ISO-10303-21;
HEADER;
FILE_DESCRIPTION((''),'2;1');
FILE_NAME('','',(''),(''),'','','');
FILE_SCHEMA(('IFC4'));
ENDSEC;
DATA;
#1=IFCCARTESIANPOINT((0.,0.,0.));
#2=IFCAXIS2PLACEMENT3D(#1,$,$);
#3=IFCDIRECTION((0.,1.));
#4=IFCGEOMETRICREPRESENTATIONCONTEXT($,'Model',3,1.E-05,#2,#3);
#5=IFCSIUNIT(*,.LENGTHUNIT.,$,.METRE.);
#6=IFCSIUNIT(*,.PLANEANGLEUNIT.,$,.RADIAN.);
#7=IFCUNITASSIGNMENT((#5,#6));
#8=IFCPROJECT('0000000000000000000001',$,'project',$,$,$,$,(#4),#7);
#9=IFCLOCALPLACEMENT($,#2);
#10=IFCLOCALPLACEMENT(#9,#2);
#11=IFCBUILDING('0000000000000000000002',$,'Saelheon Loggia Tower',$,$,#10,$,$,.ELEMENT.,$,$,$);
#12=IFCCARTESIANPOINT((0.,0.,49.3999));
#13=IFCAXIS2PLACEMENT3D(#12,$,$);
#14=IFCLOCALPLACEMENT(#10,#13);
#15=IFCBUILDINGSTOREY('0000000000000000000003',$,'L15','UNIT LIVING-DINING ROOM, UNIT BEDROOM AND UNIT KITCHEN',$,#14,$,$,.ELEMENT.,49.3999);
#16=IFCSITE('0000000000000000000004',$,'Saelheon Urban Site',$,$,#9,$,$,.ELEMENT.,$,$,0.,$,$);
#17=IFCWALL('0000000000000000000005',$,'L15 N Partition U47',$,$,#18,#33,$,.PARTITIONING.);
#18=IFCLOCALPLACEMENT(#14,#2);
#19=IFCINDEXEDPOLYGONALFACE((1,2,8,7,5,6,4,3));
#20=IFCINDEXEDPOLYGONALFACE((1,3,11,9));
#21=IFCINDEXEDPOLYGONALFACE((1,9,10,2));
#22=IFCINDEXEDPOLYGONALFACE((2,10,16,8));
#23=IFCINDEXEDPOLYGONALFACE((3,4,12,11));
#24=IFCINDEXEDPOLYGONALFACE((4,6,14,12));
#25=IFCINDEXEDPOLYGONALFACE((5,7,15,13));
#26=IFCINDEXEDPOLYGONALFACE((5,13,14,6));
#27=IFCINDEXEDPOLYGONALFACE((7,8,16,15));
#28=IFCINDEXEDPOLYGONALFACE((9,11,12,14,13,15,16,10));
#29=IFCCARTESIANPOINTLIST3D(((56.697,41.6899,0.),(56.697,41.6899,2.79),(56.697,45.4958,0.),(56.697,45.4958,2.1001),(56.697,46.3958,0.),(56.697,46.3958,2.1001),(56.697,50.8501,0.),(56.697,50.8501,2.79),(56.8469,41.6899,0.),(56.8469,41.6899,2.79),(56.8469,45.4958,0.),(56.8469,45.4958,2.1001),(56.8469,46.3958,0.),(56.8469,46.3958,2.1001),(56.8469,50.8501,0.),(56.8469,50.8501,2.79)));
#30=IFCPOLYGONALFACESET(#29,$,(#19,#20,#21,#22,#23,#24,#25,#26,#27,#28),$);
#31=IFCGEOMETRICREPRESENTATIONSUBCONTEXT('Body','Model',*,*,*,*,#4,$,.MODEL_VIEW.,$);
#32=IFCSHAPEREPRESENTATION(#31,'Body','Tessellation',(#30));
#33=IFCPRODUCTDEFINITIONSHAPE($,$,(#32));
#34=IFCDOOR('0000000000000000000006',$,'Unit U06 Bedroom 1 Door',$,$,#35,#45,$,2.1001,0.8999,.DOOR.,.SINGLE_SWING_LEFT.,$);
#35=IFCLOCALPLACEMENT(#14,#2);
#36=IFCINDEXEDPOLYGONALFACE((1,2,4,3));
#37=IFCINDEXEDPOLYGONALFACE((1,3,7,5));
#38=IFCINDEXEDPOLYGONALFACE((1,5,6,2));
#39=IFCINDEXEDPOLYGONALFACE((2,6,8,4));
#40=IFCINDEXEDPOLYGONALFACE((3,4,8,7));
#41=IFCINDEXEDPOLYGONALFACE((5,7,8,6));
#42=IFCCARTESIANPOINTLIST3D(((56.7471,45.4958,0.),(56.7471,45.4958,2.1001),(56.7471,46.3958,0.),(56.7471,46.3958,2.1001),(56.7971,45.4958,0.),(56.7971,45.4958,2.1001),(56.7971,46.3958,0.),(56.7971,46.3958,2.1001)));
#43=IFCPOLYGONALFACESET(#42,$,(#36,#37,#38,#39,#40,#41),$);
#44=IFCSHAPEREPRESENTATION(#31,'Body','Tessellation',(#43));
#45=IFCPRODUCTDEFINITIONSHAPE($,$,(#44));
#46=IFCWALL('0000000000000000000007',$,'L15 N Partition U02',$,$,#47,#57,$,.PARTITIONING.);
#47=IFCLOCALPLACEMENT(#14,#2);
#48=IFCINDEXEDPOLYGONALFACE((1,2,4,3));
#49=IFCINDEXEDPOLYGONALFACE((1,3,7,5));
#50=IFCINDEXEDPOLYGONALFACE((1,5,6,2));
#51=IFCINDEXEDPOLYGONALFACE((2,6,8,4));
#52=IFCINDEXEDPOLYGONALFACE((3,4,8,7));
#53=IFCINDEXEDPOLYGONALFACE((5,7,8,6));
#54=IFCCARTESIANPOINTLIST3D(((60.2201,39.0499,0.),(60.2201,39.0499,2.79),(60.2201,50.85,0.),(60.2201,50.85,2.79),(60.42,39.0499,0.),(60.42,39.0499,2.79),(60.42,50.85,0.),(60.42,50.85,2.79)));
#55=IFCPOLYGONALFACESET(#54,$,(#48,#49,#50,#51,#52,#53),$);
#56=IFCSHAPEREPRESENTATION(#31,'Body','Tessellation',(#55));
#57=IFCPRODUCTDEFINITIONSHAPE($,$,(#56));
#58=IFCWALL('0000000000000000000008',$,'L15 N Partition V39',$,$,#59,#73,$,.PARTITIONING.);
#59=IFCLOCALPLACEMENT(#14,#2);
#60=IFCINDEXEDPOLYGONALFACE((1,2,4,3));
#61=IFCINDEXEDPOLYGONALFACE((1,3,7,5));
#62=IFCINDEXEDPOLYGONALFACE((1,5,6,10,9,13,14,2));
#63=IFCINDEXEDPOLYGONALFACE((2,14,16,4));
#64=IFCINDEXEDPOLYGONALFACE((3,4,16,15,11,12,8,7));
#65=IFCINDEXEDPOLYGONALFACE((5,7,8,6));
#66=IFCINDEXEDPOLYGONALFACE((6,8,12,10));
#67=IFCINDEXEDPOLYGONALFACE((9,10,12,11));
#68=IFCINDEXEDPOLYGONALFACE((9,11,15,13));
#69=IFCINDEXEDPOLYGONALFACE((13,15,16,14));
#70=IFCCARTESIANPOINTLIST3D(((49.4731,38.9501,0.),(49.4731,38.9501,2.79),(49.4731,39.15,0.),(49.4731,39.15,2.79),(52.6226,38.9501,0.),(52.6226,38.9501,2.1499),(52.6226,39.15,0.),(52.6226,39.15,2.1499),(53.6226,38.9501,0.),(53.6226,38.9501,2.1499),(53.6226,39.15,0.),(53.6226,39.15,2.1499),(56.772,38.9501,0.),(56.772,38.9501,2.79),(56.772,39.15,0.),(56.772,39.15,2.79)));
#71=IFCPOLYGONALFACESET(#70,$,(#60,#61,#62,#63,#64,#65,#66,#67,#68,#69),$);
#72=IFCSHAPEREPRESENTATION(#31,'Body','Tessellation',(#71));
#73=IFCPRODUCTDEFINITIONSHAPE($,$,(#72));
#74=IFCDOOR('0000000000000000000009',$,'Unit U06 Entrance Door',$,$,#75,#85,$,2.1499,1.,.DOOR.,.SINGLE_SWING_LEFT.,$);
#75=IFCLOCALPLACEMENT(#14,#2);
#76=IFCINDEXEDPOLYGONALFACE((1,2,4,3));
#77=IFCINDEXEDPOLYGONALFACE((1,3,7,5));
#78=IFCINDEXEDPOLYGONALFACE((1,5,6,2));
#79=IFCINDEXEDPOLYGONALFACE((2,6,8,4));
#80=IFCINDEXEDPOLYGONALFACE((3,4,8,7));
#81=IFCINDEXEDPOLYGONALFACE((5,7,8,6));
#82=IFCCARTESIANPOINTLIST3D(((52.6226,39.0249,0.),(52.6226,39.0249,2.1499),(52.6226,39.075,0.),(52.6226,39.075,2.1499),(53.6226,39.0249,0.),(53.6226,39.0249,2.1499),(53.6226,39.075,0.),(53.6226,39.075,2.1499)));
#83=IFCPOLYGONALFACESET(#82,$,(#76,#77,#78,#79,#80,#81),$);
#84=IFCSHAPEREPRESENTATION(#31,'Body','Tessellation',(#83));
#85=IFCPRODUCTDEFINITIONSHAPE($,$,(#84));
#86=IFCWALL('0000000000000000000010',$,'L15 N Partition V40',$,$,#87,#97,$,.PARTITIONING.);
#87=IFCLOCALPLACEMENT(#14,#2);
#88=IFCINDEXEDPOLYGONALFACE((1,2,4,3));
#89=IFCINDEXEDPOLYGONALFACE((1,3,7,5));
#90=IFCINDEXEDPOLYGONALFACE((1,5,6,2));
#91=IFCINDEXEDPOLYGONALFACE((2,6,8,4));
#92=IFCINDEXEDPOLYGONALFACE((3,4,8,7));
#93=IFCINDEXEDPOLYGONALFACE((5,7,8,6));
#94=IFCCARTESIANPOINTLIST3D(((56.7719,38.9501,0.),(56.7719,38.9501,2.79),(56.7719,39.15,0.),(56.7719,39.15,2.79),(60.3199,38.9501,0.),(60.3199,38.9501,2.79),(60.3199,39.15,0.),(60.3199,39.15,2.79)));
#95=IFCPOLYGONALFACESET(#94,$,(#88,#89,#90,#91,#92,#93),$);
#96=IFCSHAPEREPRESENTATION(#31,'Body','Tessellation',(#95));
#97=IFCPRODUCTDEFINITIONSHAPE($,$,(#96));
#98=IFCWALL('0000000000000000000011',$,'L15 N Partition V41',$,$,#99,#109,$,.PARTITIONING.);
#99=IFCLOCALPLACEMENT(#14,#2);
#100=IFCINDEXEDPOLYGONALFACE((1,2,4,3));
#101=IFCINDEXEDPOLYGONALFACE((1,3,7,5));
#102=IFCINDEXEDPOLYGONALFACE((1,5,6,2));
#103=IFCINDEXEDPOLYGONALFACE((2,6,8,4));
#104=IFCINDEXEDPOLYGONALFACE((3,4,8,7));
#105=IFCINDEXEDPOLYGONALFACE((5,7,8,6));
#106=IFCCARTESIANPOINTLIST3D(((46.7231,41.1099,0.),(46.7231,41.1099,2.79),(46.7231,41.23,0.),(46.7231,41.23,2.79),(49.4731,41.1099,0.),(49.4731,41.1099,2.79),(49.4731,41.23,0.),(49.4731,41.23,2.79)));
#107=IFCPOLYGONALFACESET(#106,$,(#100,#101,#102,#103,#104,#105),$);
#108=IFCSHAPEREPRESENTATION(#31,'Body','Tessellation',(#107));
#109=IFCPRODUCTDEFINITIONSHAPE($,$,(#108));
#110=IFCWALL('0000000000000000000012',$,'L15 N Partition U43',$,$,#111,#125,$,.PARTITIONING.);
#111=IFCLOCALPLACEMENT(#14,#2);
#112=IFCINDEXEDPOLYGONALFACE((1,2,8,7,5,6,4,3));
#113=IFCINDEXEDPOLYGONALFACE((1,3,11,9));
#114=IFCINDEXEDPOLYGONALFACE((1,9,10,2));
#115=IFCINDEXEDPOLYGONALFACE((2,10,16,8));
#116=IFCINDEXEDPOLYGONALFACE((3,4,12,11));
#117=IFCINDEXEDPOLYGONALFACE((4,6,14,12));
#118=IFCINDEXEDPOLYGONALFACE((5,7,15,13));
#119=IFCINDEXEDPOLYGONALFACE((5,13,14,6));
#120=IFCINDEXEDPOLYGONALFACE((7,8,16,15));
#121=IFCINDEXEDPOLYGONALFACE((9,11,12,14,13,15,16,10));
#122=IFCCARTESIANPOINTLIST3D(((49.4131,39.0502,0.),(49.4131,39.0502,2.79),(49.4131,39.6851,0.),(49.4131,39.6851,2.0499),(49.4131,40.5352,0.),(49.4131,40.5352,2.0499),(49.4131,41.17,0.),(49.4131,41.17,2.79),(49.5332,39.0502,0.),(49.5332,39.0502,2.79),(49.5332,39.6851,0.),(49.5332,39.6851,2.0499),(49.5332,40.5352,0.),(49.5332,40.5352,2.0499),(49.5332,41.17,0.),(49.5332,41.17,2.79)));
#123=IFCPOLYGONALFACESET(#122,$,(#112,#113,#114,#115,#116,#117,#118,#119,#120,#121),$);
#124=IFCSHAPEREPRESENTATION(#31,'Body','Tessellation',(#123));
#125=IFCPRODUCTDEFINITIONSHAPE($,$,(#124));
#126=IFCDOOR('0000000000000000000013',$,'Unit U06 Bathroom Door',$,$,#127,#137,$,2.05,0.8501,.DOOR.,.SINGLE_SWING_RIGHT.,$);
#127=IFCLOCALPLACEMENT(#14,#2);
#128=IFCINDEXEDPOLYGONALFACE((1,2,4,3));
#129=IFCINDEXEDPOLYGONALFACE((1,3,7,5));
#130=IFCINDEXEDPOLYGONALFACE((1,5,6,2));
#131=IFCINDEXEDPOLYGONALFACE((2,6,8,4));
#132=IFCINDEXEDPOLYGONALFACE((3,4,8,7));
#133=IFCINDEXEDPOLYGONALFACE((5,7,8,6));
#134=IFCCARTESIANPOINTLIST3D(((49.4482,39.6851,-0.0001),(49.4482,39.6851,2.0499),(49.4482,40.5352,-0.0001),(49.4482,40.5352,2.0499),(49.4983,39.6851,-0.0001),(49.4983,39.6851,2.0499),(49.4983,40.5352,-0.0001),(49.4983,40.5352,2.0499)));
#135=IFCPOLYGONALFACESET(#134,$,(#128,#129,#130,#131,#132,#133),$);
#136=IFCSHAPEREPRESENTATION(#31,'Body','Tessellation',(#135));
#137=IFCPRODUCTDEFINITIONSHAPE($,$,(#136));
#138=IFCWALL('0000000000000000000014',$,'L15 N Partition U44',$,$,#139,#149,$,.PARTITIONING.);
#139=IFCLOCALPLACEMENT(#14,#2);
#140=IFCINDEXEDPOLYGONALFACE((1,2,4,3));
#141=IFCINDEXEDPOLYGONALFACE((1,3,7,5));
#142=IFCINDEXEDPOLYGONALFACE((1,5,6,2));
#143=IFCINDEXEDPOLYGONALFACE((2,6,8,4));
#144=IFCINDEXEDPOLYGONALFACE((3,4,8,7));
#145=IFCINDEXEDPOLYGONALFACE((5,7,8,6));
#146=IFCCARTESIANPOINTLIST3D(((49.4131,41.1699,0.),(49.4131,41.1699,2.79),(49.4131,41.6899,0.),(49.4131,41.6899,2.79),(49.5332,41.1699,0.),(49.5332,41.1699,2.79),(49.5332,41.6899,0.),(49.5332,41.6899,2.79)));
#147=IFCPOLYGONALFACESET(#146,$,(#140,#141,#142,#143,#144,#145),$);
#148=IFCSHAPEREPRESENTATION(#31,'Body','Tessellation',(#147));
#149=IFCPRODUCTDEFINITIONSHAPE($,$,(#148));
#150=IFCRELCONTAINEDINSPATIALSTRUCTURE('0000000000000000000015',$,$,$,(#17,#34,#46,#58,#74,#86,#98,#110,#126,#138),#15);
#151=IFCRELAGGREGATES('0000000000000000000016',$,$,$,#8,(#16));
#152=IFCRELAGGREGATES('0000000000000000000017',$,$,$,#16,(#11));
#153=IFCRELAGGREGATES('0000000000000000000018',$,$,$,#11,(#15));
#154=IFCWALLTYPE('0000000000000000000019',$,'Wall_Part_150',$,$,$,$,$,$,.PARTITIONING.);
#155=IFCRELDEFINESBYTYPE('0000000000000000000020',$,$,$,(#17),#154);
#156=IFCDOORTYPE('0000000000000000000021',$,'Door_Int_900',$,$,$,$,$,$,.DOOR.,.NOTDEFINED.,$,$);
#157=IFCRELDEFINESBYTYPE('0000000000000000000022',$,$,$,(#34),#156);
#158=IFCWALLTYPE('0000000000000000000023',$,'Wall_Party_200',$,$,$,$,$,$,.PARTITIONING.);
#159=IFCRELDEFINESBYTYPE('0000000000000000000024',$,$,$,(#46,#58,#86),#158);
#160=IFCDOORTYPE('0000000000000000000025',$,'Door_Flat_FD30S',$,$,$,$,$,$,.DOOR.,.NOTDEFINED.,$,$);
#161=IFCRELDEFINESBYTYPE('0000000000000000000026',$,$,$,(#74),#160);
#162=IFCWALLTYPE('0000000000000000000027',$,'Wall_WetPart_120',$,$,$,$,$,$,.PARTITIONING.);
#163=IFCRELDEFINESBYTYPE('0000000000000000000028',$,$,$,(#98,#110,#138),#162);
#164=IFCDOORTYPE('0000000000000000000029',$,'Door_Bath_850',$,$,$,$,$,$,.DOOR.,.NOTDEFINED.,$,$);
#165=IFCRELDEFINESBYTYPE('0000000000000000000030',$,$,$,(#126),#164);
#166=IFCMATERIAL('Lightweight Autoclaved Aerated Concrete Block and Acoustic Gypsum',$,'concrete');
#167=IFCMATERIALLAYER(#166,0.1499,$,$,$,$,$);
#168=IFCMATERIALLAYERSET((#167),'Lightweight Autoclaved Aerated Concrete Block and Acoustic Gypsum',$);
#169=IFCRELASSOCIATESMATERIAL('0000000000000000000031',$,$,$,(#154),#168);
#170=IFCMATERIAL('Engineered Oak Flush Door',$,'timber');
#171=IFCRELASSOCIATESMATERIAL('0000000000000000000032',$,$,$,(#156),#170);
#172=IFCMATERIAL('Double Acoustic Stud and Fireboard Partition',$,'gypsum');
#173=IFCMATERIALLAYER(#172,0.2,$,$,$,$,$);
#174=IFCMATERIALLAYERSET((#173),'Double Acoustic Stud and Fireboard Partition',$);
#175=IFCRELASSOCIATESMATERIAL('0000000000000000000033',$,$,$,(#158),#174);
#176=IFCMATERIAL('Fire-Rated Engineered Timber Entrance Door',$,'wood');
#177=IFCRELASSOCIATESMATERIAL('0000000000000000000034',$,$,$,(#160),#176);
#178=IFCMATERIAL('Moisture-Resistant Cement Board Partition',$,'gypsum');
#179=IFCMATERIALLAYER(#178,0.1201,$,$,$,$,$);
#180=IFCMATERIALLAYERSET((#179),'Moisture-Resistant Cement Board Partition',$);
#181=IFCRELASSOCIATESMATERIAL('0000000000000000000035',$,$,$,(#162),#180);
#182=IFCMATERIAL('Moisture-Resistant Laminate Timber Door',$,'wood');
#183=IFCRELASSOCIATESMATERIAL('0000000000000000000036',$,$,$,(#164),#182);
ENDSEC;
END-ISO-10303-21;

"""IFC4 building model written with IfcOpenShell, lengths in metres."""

from ifc_helpers import new_model, si_unit, direction, frame, frame_2d, origin, place, context, subcontext, project, spatial, rectangle, extrude, source, transform, mapped, material, layer, layer_set, type_object, element, fill, save


model = new_model("IFC4")

# Units and contexts
model_context = context("Model", 3, precision=1e-05, world=origin(), true_north=direction((0.0, 1.0)))
body_context = subcontext(model_context, "Body", "Model", "MODEL_VIEW")
ifc_project = project(units=[si_unit("LENGTHUNIT", "METRE"), si_unit("PLANEANGLEUNIT", "RADIAN")], contexts=[model_context])

# Site, building, storey
site_placement = place(None, origin())
site = spatial("IfcSite", under=ifc_project, at=site_placement, Name="Saelheon Urban Site", CompositionType="ELEMENT", RefElevation=0.0)
building_placement = place(site_placement, origin())
building = spatial("IfcBuilding", under=site, at=building_placement, Name="Saelheon Loggia Tower", CompositionType="ELEMENT")
storey_placement = place(building_placement, frame((0.0, 0.0, 49.3999)))
storey = spatial("IfcBuildingStorey", under=building, at=storey_placement, Name="L15", Description="UNIT LIVING-DINING ROOM, UNIT BEDROOM AND UNIT KITCHEN", CompositionType="ELEMENT", Elevation=49.3999)

# Shared definitions
ifc_material_1 = material(Name="Lightweight Autoclaved Aerated Concrete Block and Acoustic Gypsum", Category="concrete")
ifc_layer_1 = layer(ifc_material_1, 0.1499)
ifc_layer_set_1 = layer_set([ifc_layer_1], Name="Lightweight Autoclaved Aerated Concrete Block and Acoustic Gypsum")
wall_type_1 = type_object("IfcWallType", Name="Wall_Part_150", PredefinedType="PARTITIONING", material=ifc_layer_set_1)

# Wall, opening, door
ifc_material_2 = material(Name="Engineered Oak Flush Door", Category="timber")
door_type_1 = type_object("IfcDoorType", Name="Door_Int_900", OperationType="NOTDEFINED", PredefinedType="DOOR", material=ifc_material_2)
shared_shape_1 = source(origin(), body_context, "Body", "SweptSolid", [
    extrude(rectangle(XDim=0.8999, YDim=2.1001, at=frame_2d((0.45, 1.05))), frame((0.0, 0.0249, 0.0), z_axis=(0.0, -1.0, 0.0), x_axis=(1.0, 0.0, 0.0)), (0.0, 0.0, 1.0), 0.05),
])
wall_1_placement = place(storey_placement, frame((56.772, 41.6899, 0.0), z_axis=(0.0, 0.0, 1.0), x_axis=(0.0, 1.0, 0.0)))
wall_1 = element("IfcWall", 1, at=wall_1_placement, inside=storey, type_object=wall_type_1, Name="L15 N Partition U47", PredefinedType="PARTITIONING", context=body_context, shape_type="SweptSolid", body=[
    extrude(rectangle(XDim=9.1602, YDim=0.1499, at=frame_2d((4.5801, 0.0))), origin(), (0.0, 0.0, 1.0), 2.79),
])
opening_1_placement = place(wall_1_placement, frame((3.8059, 0.0, 0.0)))
opening_1 = element("IfcOpeningElement", 2, at=opening_1_placement, cuts=wall_1, PredefinedType="OPENING", context=body_context, shape_type="SweptSolid", body=[
    extrude(rectangle(XDim=0.8999, YDim=2.1001, at=frame_2d((0.45, 1.05))), frame((0.0, 0.0869, 0.0), z_axis=(0.0, -1.0, 0.0), x_axis=(1.0, 0.0, 0.0)), (0.0, 0.0, 1.0), 0.1738),
])
door_1_placement = place(opening_1_placement, origin())
door_1 = element("IfcDoor", 3, at=door_1_placement, inside=storey, type_object=door_type_1, Name="Unit U06 Bedroom 1 Door", OperationType="SINGLE_SWING_LEFT", OverallHeight=2.1001, OverallWidth=0.8999, PredefinedType="DOOR", context=body_context, shape_type="MappedRepresentation", body=[
    mapped(shared_shape_1, transform((0.0, 0.0, 0.0), scale=1.0)),
])
fill(opening_1, door_1)

# Wall
ifc_material_3 = material(Name="Double Acoustic Stud and Fireboard Partition", Category="gypsum")
ifc_layer_2 = layer(ifc_material_3, 0.2)
ifc_layer_set_2 = layer_set([ifc_layer_2], Name="Double Acoustic Stud and Fireboard Partition")
wall_type_2 = type_object("IfcWallType", Name="Wall_Party_200", PredefinedType="PARTITIONING", material=ifc_layer_set_2)
wall_2_placement = place(storey_placement, frame((60.3201, 39.05, 0.0), z_axis=(0.0, 0.0, 1.0), x_axis=(0.0, 1.0, 0.0)))
element("IfcWall", 4, at=wall_2_placement, inside=storey, type_object=wall_type_2, Name="L15 N Partition U02", PredefinedType="PARTITIONING", context=body_context, shape_type="SweptSolid", body=[
    extrude(rectangle(XDim=11.8, YDim=0.2, at=frame_2d((5.8999, 0.0))), origin(), (0.0, 0.0, 1.0), 2.79),
])

# Wall, opening, door
wall_3_placement = place(storey_placement, frame((49.4731, 39.05, 0.0), z_axis=(0.0, 0.0, 1.0), x_axis=(1.0, 0.0, 0.0)))
wall_3 = element("IfcWall", 5, at=wall_3_placement, inside=storey, type_object=wall_type_2, Name="L15 N Partition V39", PredefinedType="PARTITIONING", context=body_context, shape_type="SweptSolid", body=[
    extrude(rectangle(XDim=7.2988, YDim=0.2, at=frame_2d((3.6494, 0.0))), origin(), (0.0, 0.0, 1.0), 2.79),
])
opening_2_placement = place(wall_3_placement, frame((3.1494, 0.0, 0.0)))
opening_2 = element("IfcOpeningElement", 6, at=opening_2_placement, cuts=wall_3, PredefinedType="OPENING", context=body_context, shape_type="SweptSolid", body=[
    extrude(rectangle(XDim=1.0, YDim=2.1499, at=frame_2d((0.5, 1.075))), frame((0.0, 0.1121, 0.0), z_axis=(0.0, -1.0, 0.0), x_axis=(1.0, 0.0, 0.0)), (0.0, 0.0, 1.0), 0.2239),
])
ifc_material_4 = material(Name="Fire-Rated Engineered Timber Entrance Door", Category="wood")
door_type_2 = type_object("IfcDoorType", Name="Door_Flat_FD30S", OperationType="NOTDEFINED", PredefinedType="DOOR", material=ifc_material_4)
shared_shape_2 = source(origin(), body_context, "Body", "SweptSolid", [
    extrude(rectangle(XDim=1.0, YDim=2.1499, at=frame_2d((0.5, 1.075))), frame((0.0, 0.0249, 0.0), z_axis=(0.0, -1.0, 0.0), x_axis=(1.0, 0.0, 0.0)), (0.0, 0.0, 1.0), 0.05),
])
door_2_placement = place(opening_2_placement, origin())
door_2 = element("IfcDoor", 7, at=door_2_placement, inside=storey, type_object=door_type_2, Name="Unit U06 Entrance Door", OperationType="SINGLE_SWING_LEFT", OverallHeight=2.1499, OverallWidth=1.0, PredefinedType="DOOR", context=body_context, shape_type="MappedRepresentation", body=[
    mapped(shared_shape_2, transform((0.0, 0.0, 0.0), scale=1.0)),
])
fill(opening_2, door_2)

# Walls
wall_4_placement = place(storey_placement, frame((56.772, 39.05, 0.0), z_axis=(0.0, 0.0, 1.0), x_axis=(1.0, 0.0, 0.0)))
element("IfcWall", 8, at=wall_4_placement, inside=storey, type_object=wall_type_2, Name="L15 N Partition V40", PredefinedType="PARTITIONING", context=body_context, shape_type="SweptSolid", body=[
    extrude(rectangle(XDim=3.5481, YDim=0.2, at=frame_2d((1.7739, 0.0))), origin(), (0.0, 0.0, 1.0), 2.79),
])
ifc_material_5 = material(Name="Moisture-Resistant Cement Board Partition", Category="gypsum")
ifc_layer_3 = layer(ifc_material_5, 0.1201)
ifc_layer_set_3 = layer_set([ifc_layer_3], Name="Moisture-Resistant Cement Board Partition")
wall_type_3 = type_object("IfcWallType", Name="Wall_WetPart_120", PredefinedType="PARTITIONING", material=ifc_layer_set_3)
wall_5_placement = place(storey_placement, frame((46.7231, 41.1699, 0.0), z_axis=(0.0, 0.0, 1.0), x_axis=(1.0, 0.0, 0.0)))
element("IfcWall", 9, at=wall_5_placement, inside=storey, type_object=wall_type_3, Name="L15 N Partition V41", PredefinedType="PARTITIONING", context=body_context, shape_type="SweptSolid", body=[
    extrude(rectangle(XDim=2.75, YDim=0.1201, at=frame_2d((1.375, 0.0))), origin(), (0.0, 0.0, 1.0), 2.79),
])

# Wall, opening, door
wall_6_placement = place(storey_placement, frame((49.4731, 39.05, 0.0), z_axis=(0.0, 0.0, 1.0), x_axis=(0.0, 1.0, 0.0)))
wall_6 = element("IfcWall", 10, at=wall_6_placement, inside=storey, type_object=wall_type_3, Name="L15 N Partition U43", PredefinedType="PARTITIONING", context=body_context, shape_type="SweptSolid", body=[
    extrude(rectangle(XDim=2.1199, YDim=0.1201, at=frame_2d((1.0601, 0.0))), origin(), (0.0, 0.0, 1.0), 2.79),
])
opening_3_placement = place(wall_6_placement, frame((0.635, 0.0, 0.0)))
opening_3 = element("IfcOpeningElement", 11, at=opening_3_placement, cuts=wall_6, PredefinedType="OPENING", context=body_context, shape_type="SweptSolid", body=[
    extrude(rectangle(XDim=0.8501, YDim=2.05, at=frame_2d((0.425, 1.0249))), frame((0.0, 0.072, 0.0), z_axis=(0.0, -1.0, 0.0), x_axis=(1.0, 0.0, 0.0)), (0.0, 0.0, 1.0), 0.144),
])
ifc_material_6 = material(Name="Moisture-Resistant Laminate Timber Door", Category="wood")
door_type_3 = type_object("IfcDoorType", Name="Door_Bath_850", OperationType="NOTDEFINED", PredefinedType="DOOR", material=ifc_material_6)
shared_shape_3 = source(origin(), body_context, "Body", "SweptSolid", [
    extrude(rectangle(XDim=0.8501, YDim=2.05, at=frame_2d((0.425, 1.0249))), frame((0.0, 0.0249, 0.0), z_axis=(0.0, -1.0, 0.0), x_axis=(1.0, 0.0, 0.0)), (0.0, 0.0, 1.0), 0.05),
])
door_3_placement = place(opening_3_placement, origin())
door_3 = element("IfcDoor", 12, at=door_3_placement, inside=storey, type_object=door_type_3, Name="Unit U06 Bathroom Door", OperationType="SINGLE_SWING_RIGHT", OverallHeight=2.05, OverallWidth=0.8501, PredefinedType="DOOR", context=body_context, shape_type="MappedRepresentation", body=[
    mapped(shared_shape_3, transform((0.0, 0.0, 0.0), scale=1.0)),
])
fill(opening_3, door_3)

# Wall
wall_7_placement = place(storey_placement, frame((49.4731, 41.1699, 0.0), z_axis=(0.0, 0.0, 1.0), x_axis=(0.0, 1.0, 0.0)))
element("IfcWall", 13, at=wall_7_placement, inside=storey, type_object=wall_type_3, Name="L15 N Partition U44", PredefinedType="PARTITIONING", context=body_context, shape_type="SweptSolid", body=[
    extrude(rectangle(XDim=0.52, YDim=0.1201, at=frame_2d((0.26, 0.0))), origin(), (0.0, 0.0, 1.0), 2.79),
])

save(model, "model.ifc")
